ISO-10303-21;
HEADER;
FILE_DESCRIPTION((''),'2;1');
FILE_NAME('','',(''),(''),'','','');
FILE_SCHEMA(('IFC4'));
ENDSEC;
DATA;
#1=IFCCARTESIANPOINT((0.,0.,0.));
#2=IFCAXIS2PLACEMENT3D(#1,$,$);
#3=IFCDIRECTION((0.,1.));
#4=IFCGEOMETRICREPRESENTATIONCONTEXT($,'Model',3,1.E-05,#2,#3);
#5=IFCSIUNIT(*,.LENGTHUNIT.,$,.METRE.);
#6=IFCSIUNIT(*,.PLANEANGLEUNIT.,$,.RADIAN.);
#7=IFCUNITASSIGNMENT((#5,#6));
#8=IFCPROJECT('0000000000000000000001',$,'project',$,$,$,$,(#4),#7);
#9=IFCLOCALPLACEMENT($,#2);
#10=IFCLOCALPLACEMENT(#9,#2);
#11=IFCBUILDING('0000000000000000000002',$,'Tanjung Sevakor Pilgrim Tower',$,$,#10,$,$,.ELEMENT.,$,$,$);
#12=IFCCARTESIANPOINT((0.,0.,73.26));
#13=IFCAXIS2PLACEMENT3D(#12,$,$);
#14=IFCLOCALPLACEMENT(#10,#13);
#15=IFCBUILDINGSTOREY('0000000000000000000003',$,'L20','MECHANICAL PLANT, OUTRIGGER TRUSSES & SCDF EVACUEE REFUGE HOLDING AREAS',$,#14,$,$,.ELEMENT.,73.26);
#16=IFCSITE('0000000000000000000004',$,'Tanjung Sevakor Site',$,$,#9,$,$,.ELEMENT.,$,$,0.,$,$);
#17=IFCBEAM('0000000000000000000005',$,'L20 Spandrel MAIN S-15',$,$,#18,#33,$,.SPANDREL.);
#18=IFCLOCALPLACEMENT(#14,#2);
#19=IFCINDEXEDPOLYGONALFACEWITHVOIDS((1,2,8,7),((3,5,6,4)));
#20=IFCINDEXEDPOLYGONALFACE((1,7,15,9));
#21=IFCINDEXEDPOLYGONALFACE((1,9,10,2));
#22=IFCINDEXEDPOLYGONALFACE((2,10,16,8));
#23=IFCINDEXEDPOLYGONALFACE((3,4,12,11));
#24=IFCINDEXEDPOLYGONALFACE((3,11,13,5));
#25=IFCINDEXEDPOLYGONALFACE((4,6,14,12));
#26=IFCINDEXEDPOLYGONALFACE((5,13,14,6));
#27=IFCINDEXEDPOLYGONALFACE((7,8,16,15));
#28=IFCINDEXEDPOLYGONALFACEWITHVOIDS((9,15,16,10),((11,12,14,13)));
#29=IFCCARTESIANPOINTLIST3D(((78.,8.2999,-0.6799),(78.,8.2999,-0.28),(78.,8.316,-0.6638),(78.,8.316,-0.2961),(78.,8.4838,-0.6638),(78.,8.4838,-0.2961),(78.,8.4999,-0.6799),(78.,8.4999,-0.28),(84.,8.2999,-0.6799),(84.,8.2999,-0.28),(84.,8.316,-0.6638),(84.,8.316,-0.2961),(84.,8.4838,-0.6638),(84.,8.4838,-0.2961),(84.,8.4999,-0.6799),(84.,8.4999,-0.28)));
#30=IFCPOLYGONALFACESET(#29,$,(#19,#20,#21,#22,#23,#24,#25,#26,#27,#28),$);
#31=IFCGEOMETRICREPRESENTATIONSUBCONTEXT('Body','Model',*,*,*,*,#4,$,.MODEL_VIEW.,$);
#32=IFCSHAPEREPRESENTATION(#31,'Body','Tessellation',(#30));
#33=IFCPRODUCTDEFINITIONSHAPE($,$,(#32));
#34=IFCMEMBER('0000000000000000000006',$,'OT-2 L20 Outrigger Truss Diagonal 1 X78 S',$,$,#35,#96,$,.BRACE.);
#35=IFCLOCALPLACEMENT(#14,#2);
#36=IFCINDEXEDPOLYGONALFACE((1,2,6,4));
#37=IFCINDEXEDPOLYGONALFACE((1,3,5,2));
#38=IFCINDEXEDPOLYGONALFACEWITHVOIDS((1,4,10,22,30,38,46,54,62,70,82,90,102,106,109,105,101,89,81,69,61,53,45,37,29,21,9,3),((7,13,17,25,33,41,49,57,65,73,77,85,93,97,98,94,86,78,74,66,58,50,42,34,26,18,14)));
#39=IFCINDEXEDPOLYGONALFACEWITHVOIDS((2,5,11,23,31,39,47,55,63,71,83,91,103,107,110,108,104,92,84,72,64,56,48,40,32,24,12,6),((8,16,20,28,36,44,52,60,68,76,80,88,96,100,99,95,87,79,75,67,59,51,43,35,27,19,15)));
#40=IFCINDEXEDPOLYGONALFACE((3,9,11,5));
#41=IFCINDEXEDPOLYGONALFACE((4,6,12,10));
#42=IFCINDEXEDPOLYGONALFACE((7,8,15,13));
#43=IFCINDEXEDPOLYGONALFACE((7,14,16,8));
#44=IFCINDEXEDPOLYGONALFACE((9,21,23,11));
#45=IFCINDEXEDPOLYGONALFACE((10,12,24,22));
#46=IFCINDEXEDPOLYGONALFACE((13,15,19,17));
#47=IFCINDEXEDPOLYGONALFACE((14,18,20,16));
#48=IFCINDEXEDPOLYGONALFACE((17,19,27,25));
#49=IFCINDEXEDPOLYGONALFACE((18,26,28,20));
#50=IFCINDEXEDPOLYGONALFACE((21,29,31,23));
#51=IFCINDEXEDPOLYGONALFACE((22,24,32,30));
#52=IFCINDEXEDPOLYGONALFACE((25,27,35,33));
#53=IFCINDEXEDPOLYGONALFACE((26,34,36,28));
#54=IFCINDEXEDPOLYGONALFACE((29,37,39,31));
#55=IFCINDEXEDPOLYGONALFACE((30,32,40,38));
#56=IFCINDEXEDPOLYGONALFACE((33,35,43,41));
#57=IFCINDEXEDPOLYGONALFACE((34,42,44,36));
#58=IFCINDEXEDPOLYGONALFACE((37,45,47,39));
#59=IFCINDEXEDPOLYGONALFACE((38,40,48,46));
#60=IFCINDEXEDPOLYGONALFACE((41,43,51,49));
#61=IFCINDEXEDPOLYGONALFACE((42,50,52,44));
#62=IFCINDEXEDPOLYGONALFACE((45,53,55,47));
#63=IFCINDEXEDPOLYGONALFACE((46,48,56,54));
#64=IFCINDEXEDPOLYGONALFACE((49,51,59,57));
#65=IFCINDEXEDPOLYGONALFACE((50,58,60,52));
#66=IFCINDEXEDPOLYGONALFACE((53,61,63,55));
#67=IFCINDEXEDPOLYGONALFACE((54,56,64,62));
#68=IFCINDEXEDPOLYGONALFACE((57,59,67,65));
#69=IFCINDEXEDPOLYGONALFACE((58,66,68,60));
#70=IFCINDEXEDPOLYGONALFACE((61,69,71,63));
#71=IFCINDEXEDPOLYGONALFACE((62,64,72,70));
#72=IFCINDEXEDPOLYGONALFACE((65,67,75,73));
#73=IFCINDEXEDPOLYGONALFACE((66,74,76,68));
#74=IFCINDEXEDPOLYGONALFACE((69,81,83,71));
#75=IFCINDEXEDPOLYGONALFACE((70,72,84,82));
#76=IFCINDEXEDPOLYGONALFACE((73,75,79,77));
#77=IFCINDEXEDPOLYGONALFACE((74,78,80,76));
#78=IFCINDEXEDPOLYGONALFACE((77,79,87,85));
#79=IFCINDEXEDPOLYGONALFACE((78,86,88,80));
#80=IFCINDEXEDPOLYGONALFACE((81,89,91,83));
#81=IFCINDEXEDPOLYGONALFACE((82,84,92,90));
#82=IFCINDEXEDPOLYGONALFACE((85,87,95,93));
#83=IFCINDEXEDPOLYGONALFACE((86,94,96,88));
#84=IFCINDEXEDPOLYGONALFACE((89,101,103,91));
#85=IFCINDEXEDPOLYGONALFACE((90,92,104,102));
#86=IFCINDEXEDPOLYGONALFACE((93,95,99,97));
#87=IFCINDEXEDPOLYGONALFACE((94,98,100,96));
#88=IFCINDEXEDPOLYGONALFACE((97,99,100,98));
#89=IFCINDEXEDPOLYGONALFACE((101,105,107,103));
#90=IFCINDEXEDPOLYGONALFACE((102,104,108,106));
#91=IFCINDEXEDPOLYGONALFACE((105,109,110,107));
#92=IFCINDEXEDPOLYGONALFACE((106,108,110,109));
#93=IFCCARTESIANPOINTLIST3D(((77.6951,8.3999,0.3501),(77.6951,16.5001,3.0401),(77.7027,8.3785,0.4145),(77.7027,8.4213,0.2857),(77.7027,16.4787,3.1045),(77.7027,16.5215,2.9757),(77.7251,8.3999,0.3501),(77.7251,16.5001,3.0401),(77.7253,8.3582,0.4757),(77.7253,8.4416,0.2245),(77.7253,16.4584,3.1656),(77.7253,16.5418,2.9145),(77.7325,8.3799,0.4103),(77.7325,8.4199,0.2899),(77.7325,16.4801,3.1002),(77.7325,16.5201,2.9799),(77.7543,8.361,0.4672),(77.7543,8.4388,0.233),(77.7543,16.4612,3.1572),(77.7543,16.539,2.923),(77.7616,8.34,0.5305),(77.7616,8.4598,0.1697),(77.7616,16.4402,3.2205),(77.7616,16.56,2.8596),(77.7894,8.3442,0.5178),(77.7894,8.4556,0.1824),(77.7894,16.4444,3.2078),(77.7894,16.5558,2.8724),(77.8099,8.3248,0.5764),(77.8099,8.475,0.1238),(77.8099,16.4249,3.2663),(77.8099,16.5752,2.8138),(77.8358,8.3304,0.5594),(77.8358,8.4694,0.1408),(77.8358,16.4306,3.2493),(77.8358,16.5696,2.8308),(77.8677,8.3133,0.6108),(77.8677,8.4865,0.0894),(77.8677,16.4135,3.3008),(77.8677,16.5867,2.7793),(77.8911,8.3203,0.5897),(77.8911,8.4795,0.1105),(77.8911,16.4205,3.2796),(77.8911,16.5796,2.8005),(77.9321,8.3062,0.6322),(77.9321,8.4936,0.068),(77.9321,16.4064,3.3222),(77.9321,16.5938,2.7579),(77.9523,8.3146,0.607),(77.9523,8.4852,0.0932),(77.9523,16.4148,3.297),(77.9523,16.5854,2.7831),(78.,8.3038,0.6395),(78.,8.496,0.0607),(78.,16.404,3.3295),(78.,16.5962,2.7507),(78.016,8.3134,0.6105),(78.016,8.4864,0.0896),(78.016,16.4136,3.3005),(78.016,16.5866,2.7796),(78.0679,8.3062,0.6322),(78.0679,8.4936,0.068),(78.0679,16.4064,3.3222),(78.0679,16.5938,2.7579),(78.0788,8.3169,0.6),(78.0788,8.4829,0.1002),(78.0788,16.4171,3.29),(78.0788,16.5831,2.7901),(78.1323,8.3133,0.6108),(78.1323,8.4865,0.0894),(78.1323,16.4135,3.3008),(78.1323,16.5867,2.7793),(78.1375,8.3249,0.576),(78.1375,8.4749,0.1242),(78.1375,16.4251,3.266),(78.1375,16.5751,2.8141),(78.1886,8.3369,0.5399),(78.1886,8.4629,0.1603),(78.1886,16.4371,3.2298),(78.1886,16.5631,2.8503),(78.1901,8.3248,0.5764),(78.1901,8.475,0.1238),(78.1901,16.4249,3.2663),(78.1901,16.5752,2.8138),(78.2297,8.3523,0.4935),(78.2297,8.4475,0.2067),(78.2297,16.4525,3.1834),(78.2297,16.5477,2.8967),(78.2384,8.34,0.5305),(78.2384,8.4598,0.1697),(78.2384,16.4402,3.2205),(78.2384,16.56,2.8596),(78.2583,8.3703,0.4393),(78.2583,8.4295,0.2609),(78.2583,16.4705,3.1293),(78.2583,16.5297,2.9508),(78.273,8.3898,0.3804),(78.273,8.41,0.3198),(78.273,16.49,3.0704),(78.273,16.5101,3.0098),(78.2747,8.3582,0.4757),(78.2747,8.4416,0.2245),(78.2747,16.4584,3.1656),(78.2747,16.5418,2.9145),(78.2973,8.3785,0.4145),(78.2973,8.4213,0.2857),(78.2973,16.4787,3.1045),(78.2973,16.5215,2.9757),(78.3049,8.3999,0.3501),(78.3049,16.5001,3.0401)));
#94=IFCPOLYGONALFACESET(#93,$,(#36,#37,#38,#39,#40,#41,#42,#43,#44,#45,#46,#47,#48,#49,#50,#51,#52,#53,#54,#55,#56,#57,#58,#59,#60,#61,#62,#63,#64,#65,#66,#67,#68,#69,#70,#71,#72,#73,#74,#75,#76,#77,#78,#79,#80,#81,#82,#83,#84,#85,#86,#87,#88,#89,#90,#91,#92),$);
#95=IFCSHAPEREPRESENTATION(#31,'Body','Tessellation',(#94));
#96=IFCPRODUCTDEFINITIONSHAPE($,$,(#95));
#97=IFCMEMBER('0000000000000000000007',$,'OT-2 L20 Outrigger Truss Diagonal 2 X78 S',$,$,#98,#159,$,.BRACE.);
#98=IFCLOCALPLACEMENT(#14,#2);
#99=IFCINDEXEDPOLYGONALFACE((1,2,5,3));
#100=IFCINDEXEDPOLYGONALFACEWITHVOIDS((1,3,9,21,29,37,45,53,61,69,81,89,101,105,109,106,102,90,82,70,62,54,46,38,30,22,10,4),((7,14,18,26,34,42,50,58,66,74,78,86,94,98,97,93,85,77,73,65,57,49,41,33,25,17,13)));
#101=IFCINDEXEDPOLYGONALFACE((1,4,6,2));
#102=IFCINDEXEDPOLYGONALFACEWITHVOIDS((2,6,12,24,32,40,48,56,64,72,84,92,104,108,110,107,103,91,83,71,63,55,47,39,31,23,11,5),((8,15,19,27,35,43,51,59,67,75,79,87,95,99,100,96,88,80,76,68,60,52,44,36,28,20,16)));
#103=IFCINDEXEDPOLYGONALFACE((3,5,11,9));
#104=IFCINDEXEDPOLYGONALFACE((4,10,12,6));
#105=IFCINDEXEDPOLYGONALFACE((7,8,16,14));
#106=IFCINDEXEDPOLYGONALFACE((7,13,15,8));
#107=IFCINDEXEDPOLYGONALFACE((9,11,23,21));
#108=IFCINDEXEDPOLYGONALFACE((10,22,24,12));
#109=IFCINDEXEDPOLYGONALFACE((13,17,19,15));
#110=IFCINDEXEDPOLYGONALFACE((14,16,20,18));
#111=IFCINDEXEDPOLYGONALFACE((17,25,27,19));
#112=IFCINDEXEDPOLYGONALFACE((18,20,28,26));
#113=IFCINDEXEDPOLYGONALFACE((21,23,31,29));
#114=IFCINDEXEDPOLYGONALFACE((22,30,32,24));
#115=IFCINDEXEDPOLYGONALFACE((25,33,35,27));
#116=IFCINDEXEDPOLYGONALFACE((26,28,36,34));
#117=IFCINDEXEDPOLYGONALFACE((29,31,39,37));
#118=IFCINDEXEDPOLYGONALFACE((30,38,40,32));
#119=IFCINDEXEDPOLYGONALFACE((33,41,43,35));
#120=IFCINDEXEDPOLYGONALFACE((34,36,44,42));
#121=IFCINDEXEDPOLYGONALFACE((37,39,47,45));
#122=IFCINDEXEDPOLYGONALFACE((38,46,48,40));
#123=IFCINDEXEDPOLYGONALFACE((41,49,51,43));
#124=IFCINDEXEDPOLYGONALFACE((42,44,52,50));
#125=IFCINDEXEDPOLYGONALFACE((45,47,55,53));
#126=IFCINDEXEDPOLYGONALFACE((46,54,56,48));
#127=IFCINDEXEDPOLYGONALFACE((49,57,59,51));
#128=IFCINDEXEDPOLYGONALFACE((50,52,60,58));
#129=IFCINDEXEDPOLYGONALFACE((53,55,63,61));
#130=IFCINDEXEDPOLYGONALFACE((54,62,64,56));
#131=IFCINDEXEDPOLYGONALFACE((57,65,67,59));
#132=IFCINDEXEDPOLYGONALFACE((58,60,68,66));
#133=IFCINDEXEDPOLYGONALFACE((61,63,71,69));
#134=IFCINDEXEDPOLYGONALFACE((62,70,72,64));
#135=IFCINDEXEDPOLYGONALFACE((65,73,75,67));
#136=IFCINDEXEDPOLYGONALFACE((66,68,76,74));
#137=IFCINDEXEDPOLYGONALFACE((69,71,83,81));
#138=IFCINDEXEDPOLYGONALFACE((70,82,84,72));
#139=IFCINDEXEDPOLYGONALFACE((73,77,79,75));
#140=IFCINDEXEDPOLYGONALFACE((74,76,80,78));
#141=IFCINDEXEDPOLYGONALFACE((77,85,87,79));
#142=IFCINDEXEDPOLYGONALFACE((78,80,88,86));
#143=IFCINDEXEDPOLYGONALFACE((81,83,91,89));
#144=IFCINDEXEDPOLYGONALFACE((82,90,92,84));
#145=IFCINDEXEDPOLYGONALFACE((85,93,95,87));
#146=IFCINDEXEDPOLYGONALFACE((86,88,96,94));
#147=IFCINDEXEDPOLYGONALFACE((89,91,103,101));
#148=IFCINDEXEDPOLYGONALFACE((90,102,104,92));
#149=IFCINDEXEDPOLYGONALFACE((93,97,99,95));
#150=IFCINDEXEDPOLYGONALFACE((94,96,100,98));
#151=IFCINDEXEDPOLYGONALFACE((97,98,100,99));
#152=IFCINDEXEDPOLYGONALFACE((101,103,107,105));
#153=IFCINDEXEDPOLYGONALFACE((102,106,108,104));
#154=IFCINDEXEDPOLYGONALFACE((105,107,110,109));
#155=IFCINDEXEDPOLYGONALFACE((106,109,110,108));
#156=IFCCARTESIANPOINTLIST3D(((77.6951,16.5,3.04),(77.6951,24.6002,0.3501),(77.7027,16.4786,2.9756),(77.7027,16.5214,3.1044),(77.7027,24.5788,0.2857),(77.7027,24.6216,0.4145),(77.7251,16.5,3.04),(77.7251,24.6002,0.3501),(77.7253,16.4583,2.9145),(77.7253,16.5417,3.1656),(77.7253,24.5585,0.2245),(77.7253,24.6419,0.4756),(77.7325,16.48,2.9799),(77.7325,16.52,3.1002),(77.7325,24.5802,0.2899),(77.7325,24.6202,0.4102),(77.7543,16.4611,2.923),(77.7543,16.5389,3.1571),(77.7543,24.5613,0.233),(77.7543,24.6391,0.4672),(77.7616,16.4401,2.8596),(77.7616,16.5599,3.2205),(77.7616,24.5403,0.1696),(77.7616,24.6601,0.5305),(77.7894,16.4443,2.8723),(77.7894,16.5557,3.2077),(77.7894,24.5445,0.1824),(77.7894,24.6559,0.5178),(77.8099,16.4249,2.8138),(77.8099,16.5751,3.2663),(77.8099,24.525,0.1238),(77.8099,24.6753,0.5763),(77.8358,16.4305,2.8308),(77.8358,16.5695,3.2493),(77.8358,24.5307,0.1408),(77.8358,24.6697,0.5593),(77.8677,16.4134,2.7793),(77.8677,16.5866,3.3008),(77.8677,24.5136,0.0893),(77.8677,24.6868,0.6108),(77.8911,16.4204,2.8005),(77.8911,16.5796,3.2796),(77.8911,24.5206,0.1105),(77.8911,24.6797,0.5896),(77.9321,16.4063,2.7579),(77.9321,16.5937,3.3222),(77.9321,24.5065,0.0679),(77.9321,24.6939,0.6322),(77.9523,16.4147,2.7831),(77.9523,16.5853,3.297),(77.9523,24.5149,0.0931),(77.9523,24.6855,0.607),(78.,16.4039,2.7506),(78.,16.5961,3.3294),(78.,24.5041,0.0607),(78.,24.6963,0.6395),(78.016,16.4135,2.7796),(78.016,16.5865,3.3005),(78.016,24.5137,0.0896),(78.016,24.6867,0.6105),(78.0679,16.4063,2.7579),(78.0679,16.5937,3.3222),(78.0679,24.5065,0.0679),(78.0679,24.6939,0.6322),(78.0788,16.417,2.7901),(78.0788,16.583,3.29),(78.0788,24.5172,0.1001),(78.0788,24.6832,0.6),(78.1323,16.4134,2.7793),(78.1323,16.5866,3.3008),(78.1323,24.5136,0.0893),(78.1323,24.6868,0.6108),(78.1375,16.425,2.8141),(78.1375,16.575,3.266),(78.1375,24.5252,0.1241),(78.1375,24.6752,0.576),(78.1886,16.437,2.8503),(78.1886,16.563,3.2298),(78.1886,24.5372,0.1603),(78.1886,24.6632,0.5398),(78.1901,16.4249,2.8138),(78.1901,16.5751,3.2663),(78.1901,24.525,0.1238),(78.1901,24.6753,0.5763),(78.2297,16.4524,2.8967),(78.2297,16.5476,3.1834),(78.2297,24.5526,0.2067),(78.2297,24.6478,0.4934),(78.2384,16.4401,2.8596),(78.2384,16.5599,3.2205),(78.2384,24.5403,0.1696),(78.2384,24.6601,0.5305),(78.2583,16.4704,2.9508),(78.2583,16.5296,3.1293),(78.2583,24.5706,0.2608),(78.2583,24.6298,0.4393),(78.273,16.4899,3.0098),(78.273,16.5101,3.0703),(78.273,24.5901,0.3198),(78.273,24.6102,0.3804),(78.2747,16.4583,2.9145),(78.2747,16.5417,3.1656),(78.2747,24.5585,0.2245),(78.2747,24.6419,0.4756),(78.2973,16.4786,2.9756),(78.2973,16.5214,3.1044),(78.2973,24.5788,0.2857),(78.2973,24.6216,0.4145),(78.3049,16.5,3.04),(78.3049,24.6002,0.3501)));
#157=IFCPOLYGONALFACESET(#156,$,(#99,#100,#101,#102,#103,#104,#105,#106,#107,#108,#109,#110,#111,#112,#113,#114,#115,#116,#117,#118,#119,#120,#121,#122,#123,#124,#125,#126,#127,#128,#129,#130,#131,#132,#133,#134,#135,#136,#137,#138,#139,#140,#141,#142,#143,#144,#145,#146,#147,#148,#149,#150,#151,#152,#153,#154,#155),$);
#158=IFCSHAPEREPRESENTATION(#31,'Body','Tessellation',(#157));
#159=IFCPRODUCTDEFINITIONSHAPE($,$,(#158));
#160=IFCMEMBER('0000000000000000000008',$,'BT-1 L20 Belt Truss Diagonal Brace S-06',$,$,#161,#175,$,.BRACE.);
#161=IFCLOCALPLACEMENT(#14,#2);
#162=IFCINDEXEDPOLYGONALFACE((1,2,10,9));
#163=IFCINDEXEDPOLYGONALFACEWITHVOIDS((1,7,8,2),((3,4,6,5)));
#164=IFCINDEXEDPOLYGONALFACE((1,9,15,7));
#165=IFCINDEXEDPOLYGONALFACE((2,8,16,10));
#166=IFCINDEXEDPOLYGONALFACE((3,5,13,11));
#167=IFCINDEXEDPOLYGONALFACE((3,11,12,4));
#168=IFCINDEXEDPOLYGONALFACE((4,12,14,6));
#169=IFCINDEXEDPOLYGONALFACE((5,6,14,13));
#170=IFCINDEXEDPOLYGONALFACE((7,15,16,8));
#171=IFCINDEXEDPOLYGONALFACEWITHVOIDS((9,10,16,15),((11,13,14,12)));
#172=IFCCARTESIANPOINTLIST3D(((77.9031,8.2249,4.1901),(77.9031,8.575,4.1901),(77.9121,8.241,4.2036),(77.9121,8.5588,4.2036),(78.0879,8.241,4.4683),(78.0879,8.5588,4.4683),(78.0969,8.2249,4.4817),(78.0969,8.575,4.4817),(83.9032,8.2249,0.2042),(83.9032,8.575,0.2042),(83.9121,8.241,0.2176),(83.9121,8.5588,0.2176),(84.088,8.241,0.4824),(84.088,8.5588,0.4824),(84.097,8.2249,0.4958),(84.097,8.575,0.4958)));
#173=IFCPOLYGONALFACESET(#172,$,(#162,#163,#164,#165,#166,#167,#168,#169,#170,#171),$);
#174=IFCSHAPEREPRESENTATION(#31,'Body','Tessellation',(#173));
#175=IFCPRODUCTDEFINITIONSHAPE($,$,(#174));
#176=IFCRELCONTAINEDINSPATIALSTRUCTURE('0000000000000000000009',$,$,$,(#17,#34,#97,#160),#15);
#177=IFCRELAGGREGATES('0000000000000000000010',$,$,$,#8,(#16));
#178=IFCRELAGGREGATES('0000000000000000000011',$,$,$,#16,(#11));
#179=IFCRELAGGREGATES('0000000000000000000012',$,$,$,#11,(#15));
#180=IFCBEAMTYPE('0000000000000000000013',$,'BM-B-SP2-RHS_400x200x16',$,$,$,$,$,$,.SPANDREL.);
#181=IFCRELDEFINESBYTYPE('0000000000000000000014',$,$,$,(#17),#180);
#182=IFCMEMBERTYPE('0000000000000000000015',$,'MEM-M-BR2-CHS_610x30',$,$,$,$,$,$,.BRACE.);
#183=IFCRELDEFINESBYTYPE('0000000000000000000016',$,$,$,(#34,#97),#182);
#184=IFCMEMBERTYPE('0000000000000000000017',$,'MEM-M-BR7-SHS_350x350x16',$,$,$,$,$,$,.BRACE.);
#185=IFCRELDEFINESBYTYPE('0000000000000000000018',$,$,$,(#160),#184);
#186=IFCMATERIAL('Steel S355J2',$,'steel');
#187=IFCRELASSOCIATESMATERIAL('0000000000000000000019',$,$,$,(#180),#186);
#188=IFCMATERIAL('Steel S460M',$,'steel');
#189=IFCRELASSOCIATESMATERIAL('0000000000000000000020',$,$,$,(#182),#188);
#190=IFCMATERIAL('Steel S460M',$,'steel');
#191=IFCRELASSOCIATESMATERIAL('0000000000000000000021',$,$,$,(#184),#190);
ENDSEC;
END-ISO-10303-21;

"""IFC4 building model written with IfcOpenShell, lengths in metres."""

from ifc_helpers import new_model, si_unit, direction, frame, origin, origin_2d, place, context, subcontext, project, spatial, hollow_rectangle, hollow_circle, extrude, material, material_profile, profile_set, type_object, element, save


model = new_model("IFC4")

# Units and contexts
model_context = context("Model", 3, precision=1e-05, world=origin(), true_north=direction((0.0, 1.0)))
body_context = subcontext(model_context, "Body", "Model", "MODEL_VIEW")
ifc_project = project(units=[si_unit("LENGTHUNIT", "METRE"), si_unit("PLANEANGLEUNIT", "RADIAN")], contexts=[model_context])

# Site, building, storey
site_placement = place(None, origin())
site = spatial("IfcSite", under=ifc_project, at=site_placement, Name="Tanjung Sevakor Site", CompositionType="ELEMENT", RefElevation=0.0)
building_placement = place(site_placement, origin())
building = spatial("IfcBuilding", under=site, at=building_placement, Name="Tanjung Sevakor Pilgrim Tower", CompositionType="ELEMENT")
storey_placement = place(building_placement, frame((0.0, 0.0, 73.26)))
storey = spatial("IfcBuildingStorey", under=building, at=storey_placement, Name="L20", Description="MECHANICAL PLANT, OUTRIGGER TRUSSES & SCDF EVACUEE REFUGE HOLDING AREAS", CompositionType="ELEMENT", Elevation=73.26)

# Beam
ifc_material_1 = material(Name="Steel S355J2", Category="steel")
ifc_material_profile_1 = material_profile(ifc_material_1, hollow_rectangle(XDim=0.2, YDim=0.3999, WallThickness=0.0161, at=origin_2d()))
ifc_profile_set_1 = profile_set([ifc_material_profile_1], Name="Steel S355J2")
beam_type_1 = type_object("IfcBeamType", Name="BM-B-SP2-RHS_400x200x16", PredefinedType="SPANDREL", material=ifc_profile_set_1)
beam_1_placement = place(storey_placement, frame((78.0, 8.3999, -0.48), z_axis=(1.0, 0.0, 0.0), x_axis=(0.0, 1.0, 0.0)))
element("IfcBeam", 1, at=beam_1_placement, inside=storey, type_object=beam_type_1, Name="L20 Spandrel MAIN S-15", PredefinedType="SPANDREL", context=body_context, shape_type="SweptSolid", body=[
    extrude(hollow_rectangle(XDim=0.2, YDim=0.3999, WallThickness=0.0161, at=origin_2d()), origin(), (0.0, 0.0, 1.0), 6.0),
])

# Members
ifc_material_2 = material(Name="Steel S460M", Category="steel")
ifc_material_profile_2 = material_profile(ifc_material_2, hollow_circle(Radius=0.3049, WallThickness=0.03, at=origin_2d()))
ifc_profile_set_2 = profile_set([ifc_material_profile_2], Name="Steel S460M")
member_type_1 = type_object("IfcMemberType", Name="MEM-M-BR2-CHS_610x30", PredefinedType="BRACE", material=ifc_profile_set_2)
for number, where, z_axis, x_axis, name in (
    (2, (78.0, 8.3999, 0.3501), (0.0, 0.949037, 0.315163), (-1.0, 0.0, 0.0), "OT-2 L20 Outrigger Truss Diagonal 1 X78 S"),
    (3, (78.0, 16.5, 3.04), (0.0, 0.949037, -0.315163), (-1.0, 0.0, 0.0), "OT-2 L20 Outrigger Truss Diagonal 2 X78 S"),
):
    element("IfcMember", number, at=place(storey_placement, frame(where, z_axis=z_axis, x_axis=x_axis)), inside=storey, type_object=member_type_1, Name=name, PredefinedType="BRACE", context=body_context, shape_type="SweptSolid", body=[
        extrude(hollow_circle(Radius=0.3049, WallThickness=0.03, at=origin_2d()), origin(), (0.0, 0.0, 1.0), 8.5352),
    ])
ifc_material_3 = material(Name="Steel S460M", Category="steel")
ifc_material_profile_3 = material_profile(ifc_material_3, hollow_rectangle(XDim=0.3501, YDim=0.3501, WallThickness=0.0161, at=origin_2d()))
ifc_profile_set_3 = profile_set([ifc_material_profile_3], Name="Steel S460M")
member_type_2 = type_object("IfcMemberType", Name="MEM-M-BR7-SHS_350x350x16", PredefinedType="BRACE", material=ifc_profile_set_3)
member_1_placement = place(storey_placement, frame((78.0, 8.3999, 4.3359), z_axis=(0.832956, 0.0, -0.553339), x_axis=(0.0, 1.0, 0.0)))
element("IfcMember", 4, at=member_1_placement, inside=storey, type_object=member_type_2, Name="BT-1 L20 Belt Truss Diagonal Brace S-06", PredefinedType="BRACE", context=body_context, shape_type="SweptSolid", body=[
    extrude(hollow_rectangle(XDim=0.3501, YDim=0.3501, WallThickness=0.0161, at=origin_2d()), origin(), (0.0, 0.0, 1.0), 7.2034),
])

save(model, "model.ifc")
